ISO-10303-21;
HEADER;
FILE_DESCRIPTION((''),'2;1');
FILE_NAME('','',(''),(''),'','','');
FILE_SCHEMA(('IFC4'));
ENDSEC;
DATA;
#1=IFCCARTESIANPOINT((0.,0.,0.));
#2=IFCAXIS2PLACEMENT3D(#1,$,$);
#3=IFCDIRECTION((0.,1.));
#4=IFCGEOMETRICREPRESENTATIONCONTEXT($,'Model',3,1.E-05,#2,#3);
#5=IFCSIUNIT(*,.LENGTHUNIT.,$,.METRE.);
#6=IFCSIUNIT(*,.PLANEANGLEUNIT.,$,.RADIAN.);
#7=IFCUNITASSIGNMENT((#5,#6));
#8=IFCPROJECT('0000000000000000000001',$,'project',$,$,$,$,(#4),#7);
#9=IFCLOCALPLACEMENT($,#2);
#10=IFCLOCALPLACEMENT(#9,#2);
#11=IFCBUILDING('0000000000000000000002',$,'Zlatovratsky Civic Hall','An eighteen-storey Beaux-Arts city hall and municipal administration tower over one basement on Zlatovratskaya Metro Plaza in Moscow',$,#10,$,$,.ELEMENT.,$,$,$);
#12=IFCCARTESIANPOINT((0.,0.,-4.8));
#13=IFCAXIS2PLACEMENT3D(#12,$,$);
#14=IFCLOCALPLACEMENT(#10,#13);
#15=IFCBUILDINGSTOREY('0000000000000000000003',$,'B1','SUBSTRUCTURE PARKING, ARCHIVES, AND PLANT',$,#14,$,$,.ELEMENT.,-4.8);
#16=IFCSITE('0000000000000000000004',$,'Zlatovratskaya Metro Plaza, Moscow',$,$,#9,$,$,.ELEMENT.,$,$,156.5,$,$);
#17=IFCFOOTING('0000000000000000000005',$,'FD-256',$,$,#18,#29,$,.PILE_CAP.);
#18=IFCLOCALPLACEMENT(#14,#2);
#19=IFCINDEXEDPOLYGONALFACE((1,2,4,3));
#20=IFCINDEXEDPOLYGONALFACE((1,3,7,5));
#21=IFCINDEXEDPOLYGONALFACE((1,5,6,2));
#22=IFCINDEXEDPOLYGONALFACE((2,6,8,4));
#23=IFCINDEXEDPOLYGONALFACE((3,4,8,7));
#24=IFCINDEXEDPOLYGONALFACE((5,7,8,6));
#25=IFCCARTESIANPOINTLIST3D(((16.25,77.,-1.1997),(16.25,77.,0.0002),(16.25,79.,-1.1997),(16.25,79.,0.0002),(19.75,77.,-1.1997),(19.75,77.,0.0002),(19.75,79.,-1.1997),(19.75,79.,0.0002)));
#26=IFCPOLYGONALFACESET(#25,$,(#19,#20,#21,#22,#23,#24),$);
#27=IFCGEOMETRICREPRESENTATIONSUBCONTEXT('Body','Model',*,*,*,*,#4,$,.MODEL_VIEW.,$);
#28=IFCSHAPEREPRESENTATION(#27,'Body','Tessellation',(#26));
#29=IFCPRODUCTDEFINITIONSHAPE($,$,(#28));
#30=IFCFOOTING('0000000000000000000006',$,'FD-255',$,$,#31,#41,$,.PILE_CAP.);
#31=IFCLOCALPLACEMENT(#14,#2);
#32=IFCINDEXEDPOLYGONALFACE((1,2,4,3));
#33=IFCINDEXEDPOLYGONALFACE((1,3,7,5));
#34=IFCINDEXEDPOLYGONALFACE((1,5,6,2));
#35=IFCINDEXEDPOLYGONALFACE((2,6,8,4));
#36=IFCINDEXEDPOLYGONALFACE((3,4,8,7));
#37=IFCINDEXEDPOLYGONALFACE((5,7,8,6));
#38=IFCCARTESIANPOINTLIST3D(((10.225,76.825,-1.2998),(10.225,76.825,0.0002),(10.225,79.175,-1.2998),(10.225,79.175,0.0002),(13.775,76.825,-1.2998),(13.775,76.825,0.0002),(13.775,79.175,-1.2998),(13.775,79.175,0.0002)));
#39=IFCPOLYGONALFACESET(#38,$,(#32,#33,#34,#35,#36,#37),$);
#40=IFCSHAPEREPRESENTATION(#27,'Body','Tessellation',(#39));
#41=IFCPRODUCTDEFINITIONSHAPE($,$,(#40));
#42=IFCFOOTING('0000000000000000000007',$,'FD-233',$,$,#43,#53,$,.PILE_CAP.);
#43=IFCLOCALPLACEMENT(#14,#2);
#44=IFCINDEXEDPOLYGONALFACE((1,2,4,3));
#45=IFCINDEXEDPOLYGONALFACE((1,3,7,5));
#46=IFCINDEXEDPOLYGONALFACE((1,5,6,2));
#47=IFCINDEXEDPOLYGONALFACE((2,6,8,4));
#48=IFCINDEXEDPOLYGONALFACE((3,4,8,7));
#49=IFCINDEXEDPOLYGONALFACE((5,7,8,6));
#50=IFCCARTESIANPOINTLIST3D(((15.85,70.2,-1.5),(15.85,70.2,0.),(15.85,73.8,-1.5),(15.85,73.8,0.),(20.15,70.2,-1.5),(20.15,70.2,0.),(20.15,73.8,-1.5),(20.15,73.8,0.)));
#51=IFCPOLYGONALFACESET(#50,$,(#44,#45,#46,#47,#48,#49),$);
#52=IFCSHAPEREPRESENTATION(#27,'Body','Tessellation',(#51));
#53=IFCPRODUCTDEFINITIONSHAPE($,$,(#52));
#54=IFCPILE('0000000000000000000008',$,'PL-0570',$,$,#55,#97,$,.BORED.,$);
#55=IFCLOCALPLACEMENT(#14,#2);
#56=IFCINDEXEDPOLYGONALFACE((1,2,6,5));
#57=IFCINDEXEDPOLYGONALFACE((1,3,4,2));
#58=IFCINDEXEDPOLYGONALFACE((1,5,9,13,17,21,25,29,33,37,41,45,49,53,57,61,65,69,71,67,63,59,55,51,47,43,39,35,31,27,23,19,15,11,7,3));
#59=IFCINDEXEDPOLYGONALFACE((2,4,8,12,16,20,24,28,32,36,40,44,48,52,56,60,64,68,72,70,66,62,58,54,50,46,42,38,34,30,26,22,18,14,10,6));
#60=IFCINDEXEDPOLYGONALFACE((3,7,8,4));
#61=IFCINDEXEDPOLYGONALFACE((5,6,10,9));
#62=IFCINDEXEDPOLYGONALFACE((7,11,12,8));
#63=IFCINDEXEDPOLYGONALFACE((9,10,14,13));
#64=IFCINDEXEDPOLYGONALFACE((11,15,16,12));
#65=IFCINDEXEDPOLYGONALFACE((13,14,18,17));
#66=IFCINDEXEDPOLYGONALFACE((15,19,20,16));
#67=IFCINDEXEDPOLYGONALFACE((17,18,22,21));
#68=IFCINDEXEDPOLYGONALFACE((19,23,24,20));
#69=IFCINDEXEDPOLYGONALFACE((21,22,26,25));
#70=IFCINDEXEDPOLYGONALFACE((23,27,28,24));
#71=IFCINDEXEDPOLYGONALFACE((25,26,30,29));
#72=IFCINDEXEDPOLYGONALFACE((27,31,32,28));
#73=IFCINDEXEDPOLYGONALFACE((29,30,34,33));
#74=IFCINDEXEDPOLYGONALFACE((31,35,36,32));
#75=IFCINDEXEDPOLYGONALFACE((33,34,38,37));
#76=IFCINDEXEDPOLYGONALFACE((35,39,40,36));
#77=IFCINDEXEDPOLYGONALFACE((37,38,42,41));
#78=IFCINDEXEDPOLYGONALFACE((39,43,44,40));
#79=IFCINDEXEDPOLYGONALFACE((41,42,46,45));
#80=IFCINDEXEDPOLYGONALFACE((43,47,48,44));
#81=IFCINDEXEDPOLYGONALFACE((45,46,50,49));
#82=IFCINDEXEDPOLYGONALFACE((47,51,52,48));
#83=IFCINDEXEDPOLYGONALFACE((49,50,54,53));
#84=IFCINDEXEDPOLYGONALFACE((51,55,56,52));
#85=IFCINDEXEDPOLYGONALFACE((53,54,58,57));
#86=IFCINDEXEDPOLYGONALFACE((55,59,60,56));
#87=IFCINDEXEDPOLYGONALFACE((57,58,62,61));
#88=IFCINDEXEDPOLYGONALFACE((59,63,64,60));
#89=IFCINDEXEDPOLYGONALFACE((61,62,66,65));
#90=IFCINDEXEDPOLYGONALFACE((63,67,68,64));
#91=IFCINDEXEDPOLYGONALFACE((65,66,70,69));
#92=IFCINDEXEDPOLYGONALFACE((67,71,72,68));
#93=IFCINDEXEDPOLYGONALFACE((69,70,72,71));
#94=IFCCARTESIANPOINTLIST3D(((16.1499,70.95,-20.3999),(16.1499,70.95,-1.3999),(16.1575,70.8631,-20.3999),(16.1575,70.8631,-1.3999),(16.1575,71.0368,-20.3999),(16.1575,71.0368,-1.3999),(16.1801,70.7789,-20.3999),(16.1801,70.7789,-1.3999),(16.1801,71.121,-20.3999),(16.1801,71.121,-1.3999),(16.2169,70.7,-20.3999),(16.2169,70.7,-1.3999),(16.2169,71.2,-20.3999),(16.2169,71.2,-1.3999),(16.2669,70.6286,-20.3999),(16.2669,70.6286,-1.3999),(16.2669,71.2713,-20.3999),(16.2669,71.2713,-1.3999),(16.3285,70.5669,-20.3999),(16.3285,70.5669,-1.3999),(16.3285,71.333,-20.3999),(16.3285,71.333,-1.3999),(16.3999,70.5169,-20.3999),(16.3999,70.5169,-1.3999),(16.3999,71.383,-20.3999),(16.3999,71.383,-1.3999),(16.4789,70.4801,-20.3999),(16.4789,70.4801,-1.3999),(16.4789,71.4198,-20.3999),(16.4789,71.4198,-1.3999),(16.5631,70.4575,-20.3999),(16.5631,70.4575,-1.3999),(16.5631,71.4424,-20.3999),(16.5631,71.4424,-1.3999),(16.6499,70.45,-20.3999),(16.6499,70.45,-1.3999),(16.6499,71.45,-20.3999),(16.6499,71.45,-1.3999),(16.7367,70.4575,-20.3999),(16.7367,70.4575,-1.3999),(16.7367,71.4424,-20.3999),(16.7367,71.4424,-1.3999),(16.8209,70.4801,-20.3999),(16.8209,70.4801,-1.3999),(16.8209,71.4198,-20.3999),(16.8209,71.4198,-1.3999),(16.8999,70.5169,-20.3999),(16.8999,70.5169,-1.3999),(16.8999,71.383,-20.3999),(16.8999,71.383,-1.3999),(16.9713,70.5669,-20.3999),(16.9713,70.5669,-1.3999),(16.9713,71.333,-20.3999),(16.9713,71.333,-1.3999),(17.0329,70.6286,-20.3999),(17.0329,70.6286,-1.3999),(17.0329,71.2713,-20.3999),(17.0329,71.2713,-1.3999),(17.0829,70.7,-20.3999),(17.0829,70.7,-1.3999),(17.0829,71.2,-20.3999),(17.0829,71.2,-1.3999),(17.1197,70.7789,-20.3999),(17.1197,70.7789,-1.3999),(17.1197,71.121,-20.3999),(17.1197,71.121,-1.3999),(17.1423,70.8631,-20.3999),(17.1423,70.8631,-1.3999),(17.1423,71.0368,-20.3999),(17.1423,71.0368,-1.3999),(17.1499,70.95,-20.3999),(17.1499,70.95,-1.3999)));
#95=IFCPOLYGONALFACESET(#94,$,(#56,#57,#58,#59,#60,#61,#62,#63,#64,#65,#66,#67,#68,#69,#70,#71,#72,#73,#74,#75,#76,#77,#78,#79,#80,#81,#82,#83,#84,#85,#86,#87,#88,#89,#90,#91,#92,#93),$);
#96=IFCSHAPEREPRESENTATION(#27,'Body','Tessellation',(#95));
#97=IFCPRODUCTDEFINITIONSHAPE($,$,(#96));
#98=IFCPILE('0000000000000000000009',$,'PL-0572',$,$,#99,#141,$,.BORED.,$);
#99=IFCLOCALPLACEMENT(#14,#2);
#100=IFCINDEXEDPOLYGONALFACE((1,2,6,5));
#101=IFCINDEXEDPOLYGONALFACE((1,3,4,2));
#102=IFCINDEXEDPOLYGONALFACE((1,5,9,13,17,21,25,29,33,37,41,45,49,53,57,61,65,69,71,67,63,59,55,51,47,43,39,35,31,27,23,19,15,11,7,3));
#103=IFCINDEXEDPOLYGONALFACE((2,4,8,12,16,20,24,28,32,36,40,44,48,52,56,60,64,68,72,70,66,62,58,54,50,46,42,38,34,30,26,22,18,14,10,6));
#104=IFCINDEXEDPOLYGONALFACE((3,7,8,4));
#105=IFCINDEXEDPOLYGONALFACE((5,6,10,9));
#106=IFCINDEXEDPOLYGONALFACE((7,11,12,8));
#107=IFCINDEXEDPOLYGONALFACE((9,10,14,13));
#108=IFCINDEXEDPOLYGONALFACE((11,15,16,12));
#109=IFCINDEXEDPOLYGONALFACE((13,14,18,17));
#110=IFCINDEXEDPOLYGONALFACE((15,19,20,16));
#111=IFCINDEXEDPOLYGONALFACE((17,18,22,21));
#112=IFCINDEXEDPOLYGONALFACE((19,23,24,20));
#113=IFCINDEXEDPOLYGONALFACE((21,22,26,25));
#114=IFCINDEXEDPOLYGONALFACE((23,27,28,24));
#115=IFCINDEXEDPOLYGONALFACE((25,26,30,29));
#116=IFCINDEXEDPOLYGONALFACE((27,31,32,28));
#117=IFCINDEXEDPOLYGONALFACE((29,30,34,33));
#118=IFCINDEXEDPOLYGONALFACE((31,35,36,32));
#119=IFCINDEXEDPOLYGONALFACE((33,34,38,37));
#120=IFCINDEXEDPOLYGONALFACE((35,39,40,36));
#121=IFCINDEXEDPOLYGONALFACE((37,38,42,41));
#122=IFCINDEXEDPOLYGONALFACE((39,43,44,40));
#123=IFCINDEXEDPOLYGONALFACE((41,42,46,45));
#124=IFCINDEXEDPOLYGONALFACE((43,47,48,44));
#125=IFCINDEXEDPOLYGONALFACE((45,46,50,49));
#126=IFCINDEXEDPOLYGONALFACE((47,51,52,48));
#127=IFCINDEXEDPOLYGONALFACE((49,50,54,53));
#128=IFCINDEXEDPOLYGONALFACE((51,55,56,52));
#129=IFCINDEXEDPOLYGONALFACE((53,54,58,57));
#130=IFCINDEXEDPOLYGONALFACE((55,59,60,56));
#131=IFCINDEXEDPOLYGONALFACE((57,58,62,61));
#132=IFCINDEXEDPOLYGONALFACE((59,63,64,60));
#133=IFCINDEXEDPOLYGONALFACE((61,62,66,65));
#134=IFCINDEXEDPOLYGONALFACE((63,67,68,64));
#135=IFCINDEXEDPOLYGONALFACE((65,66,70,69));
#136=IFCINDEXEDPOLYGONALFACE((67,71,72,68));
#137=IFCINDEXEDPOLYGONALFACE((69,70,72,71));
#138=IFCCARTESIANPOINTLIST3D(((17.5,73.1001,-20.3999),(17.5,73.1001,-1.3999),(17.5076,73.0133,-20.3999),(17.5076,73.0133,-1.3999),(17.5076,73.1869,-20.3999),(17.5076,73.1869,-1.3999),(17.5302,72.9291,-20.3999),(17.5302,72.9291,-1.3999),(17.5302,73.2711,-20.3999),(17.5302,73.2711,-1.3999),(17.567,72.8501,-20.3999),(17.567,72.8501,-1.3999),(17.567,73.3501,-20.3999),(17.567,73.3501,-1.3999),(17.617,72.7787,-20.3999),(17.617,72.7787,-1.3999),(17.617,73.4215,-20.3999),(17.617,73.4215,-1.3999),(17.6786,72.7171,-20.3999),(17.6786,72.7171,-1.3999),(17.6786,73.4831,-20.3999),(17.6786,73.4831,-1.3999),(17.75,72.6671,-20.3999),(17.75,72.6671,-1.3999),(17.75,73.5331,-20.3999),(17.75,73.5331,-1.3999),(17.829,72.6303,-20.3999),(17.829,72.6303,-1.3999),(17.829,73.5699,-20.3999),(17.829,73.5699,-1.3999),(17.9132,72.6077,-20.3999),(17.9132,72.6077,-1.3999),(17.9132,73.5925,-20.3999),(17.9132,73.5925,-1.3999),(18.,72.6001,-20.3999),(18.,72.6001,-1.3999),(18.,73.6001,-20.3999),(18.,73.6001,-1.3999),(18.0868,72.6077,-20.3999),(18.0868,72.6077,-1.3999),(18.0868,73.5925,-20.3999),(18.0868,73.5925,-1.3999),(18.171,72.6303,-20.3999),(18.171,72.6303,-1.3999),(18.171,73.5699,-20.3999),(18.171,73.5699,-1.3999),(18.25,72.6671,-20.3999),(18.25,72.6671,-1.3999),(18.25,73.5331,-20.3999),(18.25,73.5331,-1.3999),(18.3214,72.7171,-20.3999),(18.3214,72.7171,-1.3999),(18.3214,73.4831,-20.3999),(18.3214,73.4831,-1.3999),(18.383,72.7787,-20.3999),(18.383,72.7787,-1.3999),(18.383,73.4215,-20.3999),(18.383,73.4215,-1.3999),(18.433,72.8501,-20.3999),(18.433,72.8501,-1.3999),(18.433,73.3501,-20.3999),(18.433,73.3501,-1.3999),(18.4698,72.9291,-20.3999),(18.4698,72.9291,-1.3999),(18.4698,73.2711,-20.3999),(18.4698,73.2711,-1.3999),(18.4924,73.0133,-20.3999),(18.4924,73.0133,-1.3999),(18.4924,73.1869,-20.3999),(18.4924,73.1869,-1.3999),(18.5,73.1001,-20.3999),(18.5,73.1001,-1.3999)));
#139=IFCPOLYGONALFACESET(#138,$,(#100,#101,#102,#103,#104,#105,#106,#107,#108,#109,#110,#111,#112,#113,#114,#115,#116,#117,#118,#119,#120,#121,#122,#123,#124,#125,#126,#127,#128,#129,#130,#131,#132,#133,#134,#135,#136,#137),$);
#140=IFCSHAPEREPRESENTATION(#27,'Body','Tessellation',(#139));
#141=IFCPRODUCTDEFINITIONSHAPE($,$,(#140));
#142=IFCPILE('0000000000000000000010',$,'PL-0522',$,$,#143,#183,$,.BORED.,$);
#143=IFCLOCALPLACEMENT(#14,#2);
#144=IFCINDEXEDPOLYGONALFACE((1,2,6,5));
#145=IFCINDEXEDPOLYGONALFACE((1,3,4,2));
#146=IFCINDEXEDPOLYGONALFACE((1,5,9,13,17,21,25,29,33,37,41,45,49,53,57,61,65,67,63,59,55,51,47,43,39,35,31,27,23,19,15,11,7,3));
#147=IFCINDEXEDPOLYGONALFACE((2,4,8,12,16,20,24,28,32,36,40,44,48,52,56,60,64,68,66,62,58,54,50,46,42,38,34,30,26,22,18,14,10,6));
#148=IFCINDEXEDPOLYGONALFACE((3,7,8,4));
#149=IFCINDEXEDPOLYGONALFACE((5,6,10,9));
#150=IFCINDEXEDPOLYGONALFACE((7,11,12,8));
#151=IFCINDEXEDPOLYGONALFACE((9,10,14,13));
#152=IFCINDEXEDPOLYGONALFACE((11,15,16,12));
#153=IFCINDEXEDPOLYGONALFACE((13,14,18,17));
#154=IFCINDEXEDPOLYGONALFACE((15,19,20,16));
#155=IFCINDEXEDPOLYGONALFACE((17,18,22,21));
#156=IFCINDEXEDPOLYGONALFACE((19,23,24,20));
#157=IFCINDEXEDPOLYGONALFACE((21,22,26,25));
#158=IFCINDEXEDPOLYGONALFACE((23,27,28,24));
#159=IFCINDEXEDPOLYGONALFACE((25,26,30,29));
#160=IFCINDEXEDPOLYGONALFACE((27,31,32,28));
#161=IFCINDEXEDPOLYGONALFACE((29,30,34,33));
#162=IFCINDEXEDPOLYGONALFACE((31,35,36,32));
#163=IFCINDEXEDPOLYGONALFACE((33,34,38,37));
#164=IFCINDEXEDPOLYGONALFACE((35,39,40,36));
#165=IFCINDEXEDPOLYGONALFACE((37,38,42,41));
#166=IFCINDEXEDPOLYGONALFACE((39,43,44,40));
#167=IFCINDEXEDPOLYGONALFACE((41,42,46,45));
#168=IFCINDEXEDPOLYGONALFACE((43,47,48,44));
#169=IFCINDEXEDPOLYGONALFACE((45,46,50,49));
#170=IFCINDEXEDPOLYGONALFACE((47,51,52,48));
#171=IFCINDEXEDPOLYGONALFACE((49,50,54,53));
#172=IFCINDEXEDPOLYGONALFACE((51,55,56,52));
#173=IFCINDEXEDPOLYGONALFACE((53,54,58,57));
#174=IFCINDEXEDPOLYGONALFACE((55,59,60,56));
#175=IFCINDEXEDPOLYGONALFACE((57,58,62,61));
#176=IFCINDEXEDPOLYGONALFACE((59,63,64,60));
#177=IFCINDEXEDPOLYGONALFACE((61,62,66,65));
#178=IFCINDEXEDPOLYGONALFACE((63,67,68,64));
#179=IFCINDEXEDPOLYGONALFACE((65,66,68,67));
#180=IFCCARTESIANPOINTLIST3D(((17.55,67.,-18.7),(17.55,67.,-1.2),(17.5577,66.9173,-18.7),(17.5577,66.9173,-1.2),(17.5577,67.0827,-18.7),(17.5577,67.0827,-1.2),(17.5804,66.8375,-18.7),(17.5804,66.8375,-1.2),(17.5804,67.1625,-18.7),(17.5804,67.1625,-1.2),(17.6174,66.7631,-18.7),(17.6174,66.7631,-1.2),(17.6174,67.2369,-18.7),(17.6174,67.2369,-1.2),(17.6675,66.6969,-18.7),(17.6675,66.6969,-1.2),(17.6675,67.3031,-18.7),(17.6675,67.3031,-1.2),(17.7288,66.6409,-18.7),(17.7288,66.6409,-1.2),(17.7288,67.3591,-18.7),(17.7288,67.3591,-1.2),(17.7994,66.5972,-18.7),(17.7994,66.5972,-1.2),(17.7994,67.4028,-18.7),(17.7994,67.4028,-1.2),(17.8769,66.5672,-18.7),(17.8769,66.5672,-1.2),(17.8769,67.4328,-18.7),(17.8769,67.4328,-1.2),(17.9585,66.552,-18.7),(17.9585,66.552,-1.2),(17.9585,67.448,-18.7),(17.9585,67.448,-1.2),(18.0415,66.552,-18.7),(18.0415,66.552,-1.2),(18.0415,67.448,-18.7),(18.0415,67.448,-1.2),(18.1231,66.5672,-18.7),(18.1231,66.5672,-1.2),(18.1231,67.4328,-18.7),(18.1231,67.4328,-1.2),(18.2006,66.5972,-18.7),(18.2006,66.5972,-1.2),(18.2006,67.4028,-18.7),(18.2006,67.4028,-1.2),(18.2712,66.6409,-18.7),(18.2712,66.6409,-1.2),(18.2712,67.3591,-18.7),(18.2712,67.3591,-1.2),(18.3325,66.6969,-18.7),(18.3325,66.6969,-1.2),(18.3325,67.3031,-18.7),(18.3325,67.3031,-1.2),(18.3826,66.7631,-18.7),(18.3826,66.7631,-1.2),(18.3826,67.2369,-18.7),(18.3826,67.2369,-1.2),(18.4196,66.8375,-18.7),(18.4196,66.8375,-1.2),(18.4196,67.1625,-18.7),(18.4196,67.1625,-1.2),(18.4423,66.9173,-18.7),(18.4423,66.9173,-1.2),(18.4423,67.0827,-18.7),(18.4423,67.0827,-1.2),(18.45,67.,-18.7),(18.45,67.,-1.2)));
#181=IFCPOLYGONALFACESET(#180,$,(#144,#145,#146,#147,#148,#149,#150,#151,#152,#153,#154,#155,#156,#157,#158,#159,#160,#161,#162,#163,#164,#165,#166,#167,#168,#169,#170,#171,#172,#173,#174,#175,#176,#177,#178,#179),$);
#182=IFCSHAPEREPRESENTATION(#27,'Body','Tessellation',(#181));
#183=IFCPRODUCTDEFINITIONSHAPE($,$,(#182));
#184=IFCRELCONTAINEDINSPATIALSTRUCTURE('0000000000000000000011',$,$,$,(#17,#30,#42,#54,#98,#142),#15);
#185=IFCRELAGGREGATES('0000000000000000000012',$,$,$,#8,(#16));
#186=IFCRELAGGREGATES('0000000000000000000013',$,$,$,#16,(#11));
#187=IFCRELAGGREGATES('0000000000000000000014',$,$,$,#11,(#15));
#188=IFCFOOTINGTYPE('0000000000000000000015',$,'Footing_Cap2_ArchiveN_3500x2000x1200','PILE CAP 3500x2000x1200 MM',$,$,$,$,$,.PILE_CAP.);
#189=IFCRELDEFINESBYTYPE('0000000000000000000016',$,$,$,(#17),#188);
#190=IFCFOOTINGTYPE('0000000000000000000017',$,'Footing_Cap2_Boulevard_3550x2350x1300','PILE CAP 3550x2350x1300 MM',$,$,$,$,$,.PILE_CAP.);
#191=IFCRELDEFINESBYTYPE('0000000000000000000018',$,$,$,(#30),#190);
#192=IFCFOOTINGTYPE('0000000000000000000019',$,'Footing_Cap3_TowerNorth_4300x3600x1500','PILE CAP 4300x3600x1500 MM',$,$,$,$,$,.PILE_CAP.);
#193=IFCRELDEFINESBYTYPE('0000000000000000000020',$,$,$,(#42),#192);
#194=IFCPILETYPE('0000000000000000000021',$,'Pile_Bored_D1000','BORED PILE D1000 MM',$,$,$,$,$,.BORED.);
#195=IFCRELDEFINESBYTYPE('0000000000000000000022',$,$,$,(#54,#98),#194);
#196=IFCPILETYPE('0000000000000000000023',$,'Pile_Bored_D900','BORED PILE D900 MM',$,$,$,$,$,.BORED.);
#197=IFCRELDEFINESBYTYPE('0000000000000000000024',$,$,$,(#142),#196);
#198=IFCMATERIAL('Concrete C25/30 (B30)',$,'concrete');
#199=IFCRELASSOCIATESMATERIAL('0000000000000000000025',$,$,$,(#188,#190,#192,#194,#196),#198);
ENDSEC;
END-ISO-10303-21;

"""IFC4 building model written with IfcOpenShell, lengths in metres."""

from ifc_helpers import new_model, si_unit, direction, frame, origin, origin_2d, place, context, subcontext, project, spatial, rectangle, circle, extrude, material, material_profile, profile_set, type_object, element, save


model = new_model("IFC4")

# Units and contexts
model_context = context("Model", 3, precision=1e-05, world=origin(), true_north=direction((0.0, 1.0)))
body_context = subcontext(model_context, "Body", "Model", "MODEL_VIEW")
ifc_project = project(units=[si_unit("LENGTHUNIT", "METRE"), si_unit("PLANEANGLEUNIT", "RADIAN")], contexts=[model_context])

# Site, building, storey
site_placement = place(None, origin())
site = spatial("IfcSite", under=ifc_project, at=site_placement, Name="Zlatovratskaya Metro Plaza, Moscow", CompositionType="ELEMENT", RefElevation=156.5)
building_placement = place(site_placement, origin())
building = spatial("IfcBuilding", under=site, at=building_placement, Name="Zlatovratsky Civic Hall", Description="An eighteen-storey Beaux-Arts city hall and municipal administration tower over one basement on Zlatovratskaya Metro Plaza in Moscow", CompositionType="ELEMENT")
storey_placement = place(building_placement, frame((0.0, 0.0, -4.8)))
storey = spatial("IfcBuildingStorey", under=building, at=storey_placement, Name="B1", Description="SUBSTRUCTURE PARKING, ARCHIVES, AND PLANT", CompositionType="ELEMENT", Elevation=-4.8)

# Footings
ifc_material_1 = material(Name="Concrete C25/30 (B30)", Category="concrete")
footing_type_1 = type_object("IfcFootingType", Name="Footing_Cap2_ArchiveN_3500x2000x1200", Description="PILE CAP 3500x2000x1200 MM", PredefinedType="PILE_CAP", material=ifc_material_1)
footing_1_placement = place(storey_placement, frame((18.0, 78.0, -1.1997), z_axis=(0.0, 0.0, 1.0), x_axis=(1.0, 0.0, 0.0)))
element("IfcFooting", 1, at=footing_1_placement, inside=storey, type_object=footing_type_1, Name="FD-256", PredefinedType="PILE_CAP", context=body_context, shape_type="SweptSolid", body=[
    extrude(rectangle(XDim=3.5, YDim=2.0, at=origin_2d()), origin(), (0.0, 0.0, 1.0), 1.2),
])
footing_type_2 = type_object("IfcFootingType", Name="Footing_Cap2_Boulevard_3550x2350x1300", Description="PILE CAP 3550x2350x1300 MM", PredefinedType="PILE_CAP", material=ifc_material_1)
footing_2_placement = place(storey_placement, frame((12.0, 78.0, -1.2998), z_axis=(0.0, 0.0, 1.0), x_axis=(1.0, 0.0, 0.0)))
element("IfcFooting", 2, at=footing_2_placement, inside=storey, type_object=footing_type_2, Name="FD-255", PredefinedType="PILE_CAP", context=body_context, shape_type="SweptSolid", body=[
    extrude(rectangle(XDim=3.55, YDim=2.3501, at=origin_2d()), origin(), (0.0, 0.0, 1.0), 1.3),
])
footing_type_3 = type_object("IfcFootingType", Name="Footing_Cap3_TowerNorth_4300x3600x1500", Description="PILE CAP 4300x3600x1500 MM", PredefinedType="PILE_CAP", material=ifc_material_1)
footing_3_placement = place(storey_placement, frame((18.0, 72.0, -1.5), z_axis=(0.0, 0.0, 1.0), x_axis=(1.0, 0.0, 0.0)))
element("IfcFooting", 3, at=footing_3_placement, inside=storey, type_object=footing_type_3, Name="FD-233", PredefinedType="PILE_CAP", context=body_context, shape_type="SweptSolid", body=[
    extrude(rectangle(XDim=4.3, YDim=3.6001, at=origin_2d()), origin(), (0.0, 0.0, 1.0), 1.5),
])

# Piles
ifc_material_profile_1 = material_profile(ifc_material_1, circle(Radius=0.5, at=origin_2d()), Name="PILE D1000")
ifc_profile_set_1 = profile_set([ifc_material_profile_1], Name="Concrete C25/30 (B30)")
pile_type_1 = type_object("IfcPileType", Name="Pile_Bored_D1000", Description="BORED PILE D1000 MM", PredefinedType="BORED", material=ifc_profile_set_1)
for number, where, z_axis, x_axis, name in (
    (4, (16.6499, 70.95, -1.3999), (0.0, 0.0, -1.0), (1.0, 0.0, 0.0), "PL-0570"),
    (5, (18.0, 73.1001, -1.3999), (0.0, 0.0, -1.0), (1.0, 0.0, 0.0), "PL-0572"),
):
    element("IfcPile", number, at=place(storey_placement, frame(where, z_axis=z_axis, x_axis=x_axis)), inside=storey, type_object=pile_type_1, Name=name, PredefinedType="BORED", context=body_context, shape_type="SweptSolid", body=[
        extrude(circle(Radius=0.5, at=origin_2d()), origin(), (0.0, 0.0, 1.0), 19.0),
    ])
ifc_material_profile_2 = material_profile(ifc_material_1, circle(Radius=0.45, at=origin_2d()), Name="PILE D900")
ifc_profile_set_2 = profile_set([ifc_material_profile_2], Name="Concrete C25/30 (B30)")
pile_type_2 = type_object("IfcPileType", Name="Pile_Bored_D900", Description="BORED PILE D900 MM", PredefinedType="BORED", material=ifc_profile_set_2)
for number, where, z_axis, x_axis, name in (
    (6, (18.0, 67.0, -1.2), (0.0, 0.0, -1.0), (1.0, 0.0, 0.0), "PL-0522"),
):
    element("IfcPile", number, at=place(storey_placement, frame(where, z_axis=z_axis, x_axis=x_axis)), inside=storey, type_object=pile_type_2, Name=name, PredefinedType="BORED", context=body_context, shape_type="SweptSolid", body=[
        extrude(circle(Radius=0.45, at=origin_2d()), origin(), (0.0, 0.0, 1.0), 17.5),
    ])

save(model, "model.ifc")
